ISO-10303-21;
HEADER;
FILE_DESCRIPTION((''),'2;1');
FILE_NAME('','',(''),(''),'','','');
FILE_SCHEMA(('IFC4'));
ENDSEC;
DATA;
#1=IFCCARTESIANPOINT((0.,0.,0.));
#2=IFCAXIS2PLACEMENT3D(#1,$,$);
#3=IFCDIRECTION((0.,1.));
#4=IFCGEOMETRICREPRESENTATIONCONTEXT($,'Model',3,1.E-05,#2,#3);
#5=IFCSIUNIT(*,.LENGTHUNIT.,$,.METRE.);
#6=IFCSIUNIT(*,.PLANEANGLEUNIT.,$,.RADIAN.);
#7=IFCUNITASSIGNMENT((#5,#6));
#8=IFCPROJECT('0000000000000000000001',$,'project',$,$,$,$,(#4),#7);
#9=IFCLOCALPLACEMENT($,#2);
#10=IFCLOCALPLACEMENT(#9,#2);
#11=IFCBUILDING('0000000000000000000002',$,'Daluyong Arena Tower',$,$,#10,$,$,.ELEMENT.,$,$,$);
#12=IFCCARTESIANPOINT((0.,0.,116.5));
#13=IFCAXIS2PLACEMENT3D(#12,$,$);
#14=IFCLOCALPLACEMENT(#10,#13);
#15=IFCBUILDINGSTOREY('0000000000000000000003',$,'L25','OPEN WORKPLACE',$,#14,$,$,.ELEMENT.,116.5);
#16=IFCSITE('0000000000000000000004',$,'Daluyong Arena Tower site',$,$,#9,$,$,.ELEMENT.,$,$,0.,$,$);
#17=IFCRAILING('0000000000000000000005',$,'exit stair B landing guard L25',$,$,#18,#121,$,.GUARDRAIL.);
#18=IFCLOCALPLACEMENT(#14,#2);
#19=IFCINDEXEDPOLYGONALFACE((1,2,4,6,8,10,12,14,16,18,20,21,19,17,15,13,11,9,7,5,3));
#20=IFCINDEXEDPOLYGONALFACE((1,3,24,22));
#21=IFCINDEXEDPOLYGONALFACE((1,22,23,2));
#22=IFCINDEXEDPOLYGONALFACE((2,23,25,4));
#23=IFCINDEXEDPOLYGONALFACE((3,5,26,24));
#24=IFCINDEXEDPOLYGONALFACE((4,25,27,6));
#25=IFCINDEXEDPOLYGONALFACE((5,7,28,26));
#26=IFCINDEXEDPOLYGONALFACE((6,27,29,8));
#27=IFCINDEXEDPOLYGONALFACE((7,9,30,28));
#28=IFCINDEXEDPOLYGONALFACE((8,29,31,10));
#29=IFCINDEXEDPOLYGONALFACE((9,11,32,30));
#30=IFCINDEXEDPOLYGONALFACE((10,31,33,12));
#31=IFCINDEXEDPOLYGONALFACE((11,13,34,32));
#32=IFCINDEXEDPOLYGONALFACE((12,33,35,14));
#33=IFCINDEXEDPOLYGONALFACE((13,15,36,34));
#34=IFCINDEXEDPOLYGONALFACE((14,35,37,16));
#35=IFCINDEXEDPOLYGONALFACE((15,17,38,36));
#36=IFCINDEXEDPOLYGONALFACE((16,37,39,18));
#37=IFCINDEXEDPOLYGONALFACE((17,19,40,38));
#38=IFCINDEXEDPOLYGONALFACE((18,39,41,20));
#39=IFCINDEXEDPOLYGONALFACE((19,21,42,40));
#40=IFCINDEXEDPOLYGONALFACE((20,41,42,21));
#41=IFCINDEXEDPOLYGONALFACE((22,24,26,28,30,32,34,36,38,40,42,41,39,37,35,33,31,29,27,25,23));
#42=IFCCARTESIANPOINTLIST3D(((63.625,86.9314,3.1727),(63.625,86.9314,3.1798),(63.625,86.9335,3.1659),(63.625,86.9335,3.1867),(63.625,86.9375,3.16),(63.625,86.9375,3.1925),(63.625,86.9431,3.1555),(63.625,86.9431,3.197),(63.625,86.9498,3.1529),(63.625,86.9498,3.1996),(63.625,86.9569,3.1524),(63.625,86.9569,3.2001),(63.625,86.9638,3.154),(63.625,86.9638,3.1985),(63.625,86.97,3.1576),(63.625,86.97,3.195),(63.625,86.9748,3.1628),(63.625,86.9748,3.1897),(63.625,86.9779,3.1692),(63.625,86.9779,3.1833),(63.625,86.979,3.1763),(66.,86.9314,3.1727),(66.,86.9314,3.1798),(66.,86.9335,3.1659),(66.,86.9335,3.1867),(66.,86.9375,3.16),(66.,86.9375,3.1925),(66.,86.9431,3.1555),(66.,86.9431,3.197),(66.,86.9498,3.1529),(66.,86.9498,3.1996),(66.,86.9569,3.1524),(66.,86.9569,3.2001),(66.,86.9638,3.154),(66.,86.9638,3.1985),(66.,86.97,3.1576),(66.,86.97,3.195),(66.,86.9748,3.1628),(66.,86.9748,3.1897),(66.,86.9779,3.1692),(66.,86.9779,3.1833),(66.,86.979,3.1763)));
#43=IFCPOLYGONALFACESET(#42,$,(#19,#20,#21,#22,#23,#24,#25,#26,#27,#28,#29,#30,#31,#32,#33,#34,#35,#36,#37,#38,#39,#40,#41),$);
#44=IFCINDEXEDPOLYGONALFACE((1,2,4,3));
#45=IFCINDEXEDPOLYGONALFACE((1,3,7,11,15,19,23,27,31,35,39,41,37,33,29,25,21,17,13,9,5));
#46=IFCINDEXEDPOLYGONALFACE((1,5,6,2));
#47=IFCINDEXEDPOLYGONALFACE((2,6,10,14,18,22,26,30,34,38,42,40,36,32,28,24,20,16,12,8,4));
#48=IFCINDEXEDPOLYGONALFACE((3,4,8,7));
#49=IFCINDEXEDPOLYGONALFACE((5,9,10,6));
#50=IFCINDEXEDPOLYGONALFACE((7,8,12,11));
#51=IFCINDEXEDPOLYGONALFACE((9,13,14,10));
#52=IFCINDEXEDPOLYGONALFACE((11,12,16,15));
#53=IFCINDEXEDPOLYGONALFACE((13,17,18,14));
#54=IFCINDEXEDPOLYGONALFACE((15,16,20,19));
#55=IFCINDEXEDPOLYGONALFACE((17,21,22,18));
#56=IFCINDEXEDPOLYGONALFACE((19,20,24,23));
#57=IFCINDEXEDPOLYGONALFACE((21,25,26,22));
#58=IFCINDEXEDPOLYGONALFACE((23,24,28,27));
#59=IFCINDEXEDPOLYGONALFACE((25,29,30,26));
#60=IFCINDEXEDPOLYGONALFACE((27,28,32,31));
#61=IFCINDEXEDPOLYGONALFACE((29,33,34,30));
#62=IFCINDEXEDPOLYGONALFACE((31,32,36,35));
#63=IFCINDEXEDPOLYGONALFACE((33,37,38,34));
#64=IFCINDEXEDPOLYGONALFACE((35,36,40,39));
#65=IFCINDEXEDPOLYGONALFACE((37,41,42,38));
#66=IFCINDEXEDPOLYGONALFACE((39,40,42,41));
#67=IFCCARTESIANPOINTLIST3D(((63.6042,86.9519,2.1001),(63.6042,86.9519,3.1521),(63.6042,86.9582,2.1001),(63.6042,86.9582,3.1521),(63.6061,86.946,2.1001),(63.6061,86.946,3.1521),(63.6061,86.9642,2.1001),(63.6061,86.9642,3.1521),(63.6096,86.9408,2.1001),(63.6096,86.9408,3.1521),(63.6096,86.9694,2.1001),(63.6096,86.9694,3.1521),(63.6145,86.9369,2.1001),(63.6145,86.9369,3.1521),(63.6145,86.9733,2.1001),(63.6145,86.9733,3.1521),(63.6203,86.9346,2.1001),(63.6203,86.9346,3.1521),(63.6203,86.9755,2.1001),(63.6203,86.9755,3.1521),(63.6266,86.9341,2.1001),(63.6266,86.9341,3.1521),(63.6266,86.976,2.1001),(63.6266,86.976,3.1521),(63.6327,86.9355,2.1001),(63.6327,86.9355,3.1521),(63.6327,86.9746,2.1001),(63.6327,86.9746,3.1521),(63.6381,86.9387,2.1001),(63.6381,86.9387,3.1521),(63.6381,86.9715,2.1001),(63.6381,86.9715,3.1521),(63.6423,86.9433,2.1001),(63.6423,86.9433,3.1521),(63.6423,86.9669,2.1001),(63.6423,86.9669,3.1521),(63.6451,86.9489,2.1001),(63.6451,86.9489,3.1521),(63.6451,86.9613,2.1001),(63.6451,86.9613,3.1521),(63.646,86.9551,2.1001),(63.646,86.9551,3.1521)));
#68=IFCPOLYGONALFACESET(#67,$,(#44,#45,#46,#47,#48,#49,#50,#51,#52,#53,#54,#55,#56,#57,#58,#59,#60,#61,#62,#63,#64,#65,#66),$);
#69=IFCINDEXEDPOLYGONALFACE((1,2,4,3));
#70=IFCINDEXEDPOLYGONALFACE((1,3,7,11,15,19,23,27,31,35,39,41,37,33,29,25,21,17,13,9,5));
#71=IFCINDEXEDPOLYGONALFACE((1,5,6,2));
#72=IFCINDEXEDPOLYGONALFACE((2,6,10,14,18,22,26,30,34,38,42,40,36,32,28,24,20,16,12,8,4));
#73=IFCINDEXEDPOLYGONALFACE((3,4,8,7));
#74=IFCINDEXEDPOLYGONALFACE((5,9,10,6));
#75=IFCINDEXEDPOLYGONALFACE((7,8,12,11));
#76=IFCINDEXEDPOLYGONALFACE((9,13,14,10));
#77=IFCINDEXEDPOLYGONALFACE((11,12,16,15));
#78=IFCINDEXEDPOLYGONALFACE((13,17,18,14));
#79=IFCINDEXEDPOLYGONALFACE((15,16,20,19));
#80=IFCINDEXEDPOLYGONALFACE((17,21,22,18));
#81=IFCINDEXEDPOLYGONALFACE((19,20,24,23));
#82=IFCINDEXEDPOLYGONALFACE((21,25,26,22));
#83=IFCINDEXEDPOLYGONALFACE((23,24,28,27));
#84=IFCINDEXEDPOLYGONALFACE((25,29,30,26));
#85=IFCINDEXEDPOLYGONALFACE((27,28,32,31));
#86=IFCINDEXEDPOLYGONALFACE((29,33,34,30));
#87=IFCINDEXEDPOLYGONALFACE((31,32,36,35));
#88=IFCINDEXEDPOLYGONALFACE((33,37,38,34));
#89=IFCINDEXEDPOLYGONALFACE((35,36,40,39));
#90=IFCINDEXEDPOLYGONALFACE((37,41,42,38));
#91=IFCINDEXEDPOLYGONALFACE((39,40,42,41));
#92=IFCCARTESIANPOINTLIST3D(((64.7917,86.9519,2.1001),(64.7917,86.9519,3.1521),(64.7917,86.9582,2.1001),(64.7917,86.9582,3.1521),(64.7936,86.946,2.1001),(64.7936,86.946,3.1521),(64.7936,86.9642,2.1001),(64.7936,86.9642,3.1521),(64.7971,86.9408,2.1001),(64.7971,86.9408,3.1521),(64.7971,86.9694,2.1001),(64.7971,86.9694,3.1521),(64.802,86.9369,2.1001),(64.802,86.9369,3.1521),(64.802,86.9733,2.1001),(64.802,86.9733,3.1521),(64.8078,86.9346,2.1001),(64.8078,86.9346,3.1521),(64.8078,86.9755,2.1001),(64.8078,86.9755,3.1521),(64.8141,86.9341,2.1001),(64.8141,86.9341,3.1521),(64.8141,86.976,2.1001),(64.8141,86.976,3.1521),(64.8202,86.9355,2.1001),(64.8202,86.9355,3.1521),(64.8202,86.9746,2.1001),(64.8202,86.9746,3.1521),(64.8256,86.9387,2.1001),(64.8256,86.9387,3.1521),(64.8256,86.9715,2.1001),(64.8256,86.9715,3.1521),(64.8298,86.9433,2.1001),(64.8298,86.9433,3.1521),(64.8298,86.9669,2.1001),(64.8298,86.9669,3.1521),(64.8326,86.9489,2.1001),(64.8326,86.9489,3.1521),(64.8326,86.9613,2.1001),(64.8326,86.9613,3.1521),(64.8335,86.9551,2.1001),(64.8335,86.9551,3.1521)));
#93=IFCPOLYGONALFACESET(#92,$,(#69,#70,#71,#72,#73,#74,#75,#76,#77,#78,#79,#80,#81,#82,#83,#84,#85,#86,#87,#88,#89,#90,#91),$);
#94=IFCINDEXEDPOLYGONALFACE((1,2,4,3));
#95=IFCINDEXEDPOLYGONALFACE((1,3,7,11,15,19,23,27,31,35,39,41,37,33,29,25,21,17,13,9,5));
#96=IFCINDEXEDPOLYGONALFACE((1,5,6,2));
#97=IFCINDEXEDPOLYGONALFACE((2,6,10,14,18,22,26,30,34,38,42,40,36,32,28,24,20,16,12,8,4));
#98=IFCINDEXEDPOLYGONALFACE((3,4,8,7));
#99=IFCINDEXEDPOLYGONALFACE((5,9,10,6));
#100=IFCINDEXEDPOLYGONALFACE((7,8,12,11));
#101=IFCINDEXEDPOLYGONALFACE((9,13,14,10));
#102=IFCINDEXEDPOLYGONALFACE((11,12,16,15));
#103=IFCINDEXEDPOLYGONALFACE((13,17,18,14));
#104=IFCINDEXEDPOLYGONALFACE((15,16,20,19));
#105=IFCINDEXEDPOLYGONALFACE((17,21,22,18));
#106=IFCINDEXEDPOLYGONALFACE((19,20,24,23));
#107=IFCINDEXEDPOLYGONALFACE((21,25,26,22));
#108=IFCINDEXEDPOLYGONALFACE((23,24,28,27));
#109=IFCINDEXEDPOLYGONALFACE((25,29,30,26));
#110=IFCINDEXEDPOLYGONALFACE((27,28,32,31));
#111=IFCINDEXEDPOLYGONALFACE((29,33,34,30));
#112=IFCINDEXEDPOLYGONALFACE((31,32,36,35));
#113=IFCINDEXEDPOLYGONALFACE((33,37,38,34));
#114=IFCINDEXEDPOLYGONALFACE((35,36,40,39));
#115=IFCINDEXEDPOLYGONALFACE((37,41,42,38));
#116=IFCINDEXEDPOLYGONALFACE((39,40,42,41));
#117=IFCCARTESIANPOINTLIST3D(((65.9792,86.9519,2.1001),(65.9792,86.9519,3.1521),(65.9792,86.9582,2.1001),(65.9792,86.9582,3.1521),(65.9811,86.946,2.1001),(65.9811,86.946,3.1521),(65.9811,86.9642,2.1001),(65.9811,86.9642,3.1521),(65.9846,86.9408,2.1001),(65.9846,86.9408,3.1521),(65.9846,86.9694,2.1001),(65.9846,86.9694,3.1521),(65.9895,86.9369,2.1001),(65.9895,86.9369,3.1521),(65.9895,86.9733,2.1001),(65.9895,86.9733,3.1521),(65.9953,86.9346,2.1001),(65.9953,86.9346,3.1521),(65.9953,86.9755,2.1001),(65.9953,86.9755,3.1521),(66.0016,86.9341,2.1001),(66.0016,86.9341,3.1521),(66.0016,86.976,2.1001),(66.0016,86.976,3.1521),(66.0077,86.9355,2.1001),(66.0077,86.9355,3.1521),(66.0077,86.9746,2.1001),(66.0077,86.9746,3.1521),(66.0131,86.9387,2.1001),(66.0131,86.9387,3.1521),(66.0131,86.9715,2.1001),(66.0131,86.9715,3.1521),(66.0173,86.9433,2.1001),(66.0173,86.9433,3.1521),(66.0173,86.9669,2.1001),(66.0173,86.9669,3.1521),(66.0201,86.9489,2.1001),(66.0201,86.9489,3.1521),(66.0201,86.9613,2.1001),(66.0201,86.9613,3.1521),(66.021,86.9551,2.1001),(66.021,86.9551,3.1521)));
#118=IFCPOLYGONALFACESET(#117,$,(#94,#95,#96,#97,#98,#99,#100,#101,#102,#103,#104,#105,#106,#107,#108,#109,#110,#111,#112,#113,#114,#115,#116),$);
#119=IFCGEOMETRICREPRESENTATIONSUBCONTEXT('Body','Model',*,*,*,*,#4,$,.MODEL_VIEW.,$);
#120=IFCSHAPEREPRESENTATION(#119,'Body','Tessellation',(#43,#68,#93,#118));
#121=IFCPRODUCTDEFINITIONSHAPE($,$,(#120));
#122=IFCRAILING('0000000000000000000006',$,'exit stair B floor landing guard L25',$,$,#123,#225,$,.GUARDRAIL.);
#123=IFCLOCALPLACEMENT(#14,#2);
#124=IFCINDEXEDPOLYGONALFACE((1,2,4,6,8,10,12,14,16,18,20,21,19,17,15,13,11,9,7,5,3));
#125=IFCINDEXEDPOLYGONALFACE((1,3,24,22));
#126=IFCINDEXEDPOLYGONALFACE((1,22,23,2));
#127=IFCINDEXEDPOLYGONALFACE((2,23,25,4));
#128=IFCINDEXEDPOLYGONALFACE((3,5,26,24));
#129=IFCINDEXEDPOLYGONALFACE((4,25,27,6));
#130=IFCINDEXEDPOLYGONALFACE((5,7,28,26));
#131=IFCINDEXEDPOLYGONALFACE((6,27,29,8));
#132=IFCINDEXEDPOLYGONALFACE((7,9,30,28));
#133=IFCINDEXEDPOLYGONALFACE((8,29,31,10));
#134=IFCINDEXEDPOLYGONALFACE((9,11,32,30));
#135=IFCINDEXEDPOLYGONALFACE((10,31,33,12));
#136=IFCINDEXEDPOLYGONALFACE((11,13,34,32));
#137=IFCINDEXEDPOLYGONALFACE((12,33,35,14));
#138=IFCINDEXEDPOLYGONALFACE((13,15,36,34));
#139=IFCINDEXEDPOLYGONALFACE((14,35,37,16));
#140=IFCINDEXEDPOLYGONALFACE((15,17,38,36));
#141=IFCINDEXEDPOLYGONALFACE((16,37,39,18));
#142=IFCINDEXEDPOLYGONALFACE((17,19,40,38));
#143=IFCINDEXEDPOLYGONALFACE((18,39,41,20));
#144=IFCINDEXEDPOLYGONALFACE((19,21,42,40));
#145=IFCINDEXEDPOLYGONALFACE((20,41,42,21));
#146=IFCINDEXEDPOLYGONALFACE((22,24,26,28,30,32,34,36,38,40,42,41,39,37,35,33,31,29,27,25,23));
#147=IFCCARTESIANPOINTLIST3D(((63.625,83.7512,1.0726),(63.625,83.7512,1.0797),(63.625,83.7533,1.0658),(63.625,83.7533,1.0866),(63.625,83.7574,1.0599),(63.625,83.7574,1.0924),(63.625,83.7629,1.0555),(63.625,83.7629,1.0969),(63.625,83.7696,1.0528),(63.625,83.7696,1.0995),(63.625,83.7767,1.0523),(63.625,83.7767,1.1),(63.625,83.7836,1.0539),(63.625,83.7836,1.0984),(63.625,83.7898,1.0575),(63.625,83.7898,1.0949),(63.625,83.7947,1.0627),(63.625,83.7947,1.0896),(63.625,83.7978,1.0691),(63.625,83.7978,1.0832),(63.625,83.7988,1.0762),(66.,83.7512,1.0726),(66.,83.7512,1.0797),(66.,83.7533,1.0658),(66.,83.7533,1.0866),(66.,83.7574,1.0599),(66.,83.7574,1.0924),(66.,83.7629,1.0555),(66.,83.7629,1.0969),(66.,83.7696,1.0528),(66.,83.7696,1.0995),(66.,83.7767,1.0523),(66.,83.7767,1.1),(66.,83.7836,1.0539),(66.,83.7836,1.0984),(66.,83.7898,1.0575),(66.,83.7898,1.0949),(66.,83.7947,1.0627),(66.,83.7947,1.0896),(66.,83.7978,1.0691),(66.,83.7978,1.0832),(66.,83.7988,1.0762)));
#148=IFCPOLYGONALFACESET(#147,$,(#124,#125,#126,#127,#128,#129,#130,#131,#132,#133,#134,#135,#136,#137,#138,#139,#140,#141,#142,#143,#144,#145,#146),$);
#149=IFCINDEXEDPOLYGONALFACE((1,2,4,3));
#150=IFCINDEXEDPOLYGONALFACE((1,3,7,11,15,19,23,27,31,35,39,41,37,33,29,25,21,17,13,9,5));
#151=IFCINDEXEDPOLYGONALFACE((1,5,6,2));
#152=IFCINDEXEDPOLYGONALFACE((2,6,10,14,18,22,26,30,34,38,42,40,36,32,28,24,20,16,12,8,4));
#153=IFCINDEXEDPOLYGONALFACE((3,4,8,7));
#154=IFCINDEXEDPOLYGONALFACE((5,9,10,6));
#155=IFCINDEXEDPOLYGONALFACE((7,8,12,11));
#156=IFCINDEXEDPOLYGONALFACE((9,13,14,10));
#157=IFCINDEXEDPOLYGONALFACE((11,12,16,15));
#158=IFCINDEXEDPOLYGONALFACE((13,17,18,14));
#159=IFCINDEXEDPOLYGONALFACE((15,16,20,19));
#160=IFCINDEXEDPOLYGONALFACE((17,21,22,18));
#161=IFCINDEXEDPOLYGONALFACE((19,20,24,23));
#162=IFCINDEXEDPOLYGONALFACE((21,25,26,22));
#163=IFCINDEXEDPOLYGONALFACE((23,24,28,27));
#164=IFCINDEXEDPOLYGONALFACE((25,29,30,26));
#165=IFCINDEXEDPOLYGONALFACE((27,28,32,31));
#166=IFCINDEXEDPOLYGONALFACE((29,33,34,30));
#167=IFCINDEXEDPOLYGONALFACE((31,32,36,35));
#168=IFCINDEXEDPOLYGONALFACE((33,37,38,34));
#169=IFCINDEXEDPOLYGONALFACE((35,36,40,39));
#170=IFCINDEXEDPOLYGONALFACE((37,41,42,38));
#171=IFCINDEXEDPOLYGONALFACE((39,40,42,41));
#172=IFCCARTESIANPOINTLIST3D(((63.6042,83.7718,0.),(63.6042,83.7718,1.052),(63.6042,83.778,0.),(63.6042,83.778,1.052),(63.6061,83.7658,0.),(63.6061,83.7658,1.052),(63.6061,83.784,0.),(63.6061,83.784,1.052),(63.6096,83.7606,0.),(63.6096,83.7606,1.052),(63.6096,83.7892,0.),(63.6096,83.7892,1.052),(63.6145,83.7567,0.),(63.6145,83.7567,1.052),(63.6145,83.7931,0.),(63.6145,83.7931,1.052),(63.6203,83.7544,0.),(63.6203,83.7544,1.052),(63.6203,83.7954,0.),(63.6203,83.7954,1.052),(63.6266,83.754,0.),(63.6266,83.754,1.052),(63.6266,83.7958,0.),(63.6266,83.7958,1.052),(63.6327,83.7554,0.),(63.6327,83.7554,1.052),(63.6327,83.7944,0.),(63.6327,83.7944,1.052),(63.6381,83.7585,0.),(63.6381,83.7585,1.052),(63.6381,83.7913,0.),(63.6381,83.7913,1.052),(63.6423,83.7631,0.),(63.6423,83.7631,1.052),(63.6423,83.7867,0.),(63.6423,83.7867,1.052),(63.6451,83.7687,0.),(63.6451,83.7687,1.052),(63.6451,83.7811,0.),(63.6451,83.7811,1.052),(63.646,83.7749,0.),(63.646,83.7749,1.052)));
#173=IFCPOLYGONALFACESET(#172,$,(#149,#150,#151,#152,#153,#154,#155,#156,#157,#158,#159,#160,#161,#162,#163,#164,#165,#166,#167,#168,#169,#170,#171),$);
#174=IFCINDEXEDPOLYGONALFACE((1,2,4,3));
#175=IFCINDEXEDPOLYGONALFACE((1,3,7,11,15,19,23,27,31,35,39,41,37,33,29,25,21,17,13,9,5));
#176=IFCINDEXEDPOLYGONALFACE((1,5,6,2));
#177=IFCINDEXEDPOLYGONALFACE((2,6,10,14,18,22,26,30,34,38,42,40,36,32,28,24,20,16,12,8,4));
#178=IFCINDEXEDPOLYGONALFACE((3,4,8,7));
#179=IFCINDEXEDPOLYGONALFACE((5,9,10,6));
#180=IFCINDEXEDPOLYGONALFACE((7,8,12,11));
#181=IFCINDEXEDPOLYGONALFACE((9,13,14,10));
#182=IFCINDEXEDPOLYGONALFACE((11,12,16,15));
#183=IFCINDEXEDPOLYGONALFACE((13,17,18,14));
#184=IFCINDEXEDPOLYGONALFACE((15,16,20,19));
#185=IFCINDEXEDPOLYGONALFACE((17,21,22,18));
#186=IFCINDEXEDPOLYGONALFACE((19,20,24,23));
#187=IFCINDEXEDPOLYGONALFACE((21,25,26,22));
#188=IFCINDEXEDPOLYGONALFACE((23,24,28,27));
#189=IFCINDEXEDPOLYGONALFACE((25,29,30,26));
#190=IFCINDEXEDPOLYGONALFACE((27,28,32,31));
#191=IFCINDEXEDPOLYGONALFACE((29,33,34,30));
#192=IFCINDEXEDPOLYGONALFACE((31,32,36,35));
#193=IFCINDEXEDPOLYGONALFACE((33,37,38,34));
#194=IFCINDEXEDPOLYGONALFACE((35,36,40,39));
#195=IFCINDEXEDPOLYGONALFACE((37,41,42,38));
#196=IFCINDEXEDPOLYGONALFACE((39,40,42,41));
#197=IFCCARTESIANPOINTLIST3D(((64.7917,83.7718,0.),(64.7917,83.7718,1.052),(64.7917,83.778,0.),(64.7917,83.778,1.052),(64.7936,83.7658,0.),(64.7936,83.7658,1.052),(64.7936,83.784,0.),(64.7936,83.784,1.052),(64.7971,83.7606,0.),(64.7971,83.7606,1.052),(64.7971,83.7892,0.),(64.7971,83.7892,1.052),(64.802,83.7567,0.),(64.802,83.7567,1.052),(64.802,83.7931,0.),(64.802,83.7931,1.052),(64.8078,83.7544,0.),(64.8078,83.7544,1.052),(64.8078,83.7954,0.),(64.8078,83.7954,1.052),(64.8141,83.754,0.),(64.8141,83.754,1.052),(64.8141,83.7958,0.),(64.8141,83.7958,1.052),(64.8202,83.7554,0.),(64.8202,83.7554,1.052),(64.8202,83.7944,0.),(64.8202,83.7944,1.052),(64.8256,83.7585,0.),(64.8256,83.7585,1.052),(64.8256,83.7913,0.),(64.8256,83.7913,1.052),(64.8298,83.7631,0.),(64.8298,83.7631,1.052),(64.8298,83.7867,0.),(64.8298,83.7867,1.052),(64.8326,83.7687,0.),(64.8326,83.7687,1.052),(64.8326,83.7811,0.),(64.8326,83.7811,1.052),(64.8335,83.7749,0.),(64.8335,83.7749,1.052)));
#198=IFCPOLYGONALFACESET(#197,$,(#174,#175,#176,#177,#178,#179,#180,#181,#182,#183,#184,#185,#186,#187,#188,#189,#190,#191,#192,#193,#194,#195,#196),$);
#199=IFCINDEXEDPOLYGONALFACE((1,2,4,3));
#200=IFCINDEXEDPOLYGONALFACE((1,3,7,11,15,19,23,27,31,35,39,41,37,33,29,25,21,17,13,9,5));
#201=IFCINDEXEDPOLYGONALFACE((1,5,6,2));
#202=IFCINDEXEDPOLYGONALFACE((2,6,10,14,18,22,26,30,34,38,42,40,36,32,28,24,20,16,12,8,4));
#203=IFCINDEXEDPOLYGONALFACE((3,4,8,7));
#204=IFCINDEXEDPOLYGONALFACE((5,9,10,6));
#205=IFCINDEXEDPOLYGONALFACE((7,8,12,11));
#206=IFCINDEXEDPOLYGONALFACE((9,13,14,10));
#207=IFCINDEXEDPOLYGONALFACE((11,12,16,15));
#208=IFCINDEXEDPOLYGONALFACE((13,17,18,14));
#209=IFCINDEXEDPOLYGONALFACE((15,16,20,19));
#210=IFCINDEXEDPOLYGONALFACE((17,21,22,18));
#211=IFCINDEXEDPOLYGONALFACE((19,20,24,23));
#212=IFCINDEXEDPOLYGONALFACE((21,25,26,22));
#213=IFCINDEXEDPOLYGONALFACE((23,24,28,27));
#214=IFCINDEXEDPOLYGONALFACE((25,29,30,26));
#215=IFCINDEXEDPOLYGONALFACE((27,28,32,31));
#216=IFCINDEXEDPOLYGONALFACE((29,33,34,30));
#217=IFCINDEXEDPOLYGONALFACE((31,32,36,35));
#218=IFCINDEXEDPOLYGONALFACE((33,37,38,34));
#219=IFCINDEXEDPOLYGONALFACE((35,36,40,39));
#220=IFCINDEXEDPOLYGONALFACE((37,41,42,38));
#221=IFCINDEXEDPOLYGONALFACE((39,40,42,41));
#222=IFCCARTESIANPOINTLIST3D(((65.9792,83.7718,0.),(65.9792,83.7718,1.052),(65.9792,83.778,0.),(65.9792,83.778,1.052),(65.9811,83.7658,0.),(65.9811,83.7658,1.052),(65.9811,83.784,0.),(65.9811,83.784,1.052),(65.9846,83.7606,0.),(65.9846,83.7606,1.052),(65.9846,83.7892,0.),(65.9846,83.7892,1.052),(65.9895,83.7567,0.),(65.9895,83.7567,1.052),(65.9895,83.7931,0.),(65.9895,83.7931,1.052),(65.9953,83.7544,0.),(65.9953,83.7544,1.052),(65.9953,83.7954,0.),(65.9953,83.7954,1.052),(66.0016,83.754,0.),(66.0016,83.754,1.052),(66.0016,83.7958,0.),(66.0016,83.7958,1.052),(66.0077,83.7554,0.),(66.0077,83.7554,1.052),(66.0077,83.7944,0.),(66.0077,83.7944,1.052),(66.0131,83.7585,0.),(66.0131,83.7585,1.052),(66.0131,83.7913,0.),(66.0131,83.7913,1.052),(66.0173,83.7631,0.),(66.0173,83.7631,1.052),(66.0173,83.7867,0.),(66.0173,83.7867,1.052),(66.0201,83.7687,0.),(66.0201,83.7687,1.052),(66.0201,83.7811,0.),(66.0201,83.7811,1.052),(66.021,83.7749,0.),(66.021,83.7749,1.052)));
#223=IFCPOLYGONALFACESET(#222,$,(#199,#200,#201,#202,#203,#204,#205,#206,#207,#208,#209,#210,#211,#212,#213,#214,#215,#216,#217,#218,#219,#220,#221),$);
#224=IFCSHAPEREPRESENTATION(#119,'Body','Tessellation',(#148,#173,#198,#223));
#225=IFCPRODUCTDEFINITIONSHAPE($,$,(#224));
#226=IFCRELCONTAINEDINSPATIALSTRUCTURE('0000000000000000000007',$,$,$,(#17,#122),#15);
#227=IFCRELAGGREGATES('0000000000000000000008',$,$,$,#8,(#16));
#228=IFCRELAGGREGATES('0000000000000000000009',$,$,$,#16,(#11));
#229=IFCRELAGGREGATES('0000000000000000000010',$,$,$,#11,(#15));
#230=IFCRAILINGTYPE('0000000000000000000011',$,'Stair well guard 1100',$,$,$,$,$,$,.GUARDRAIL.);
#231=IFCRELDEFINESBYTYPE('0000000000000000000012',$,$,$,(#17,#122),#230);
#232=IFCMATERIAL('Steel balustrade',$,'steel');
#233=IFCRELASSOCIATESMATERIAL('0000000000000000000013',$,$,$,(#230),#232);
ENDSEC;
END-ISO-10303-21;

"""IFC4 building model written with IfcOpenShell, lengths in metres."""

from ifc_helpers import new_model, si_unit, direction, frame, origin, origin_2d, place, context, subcontext, project, spatial, circle, extrude, material, type_object, element, save


model = new_model("IFC4")

# Units and contexts
model_context = context("Model", 3, precision=1e-05, world=origin(), true_north=direction((0.0, 1.0)))
body_context = subcontext(model_context, "Body", "Model", "MODEL_VIEW")
ifc_project = project(units=[si_unit("LENGTHUNIT", "METRE"), si_unit("PLANEANGLEUNIT", "RADIAN")], contexts=[model_context])

# Site, building, storey
site_placement = place(None, origin())
site = spatial("IfcSite", under=ifc_project, at=site_placement, Name="Daluyong Arena Tower site", CompositionType="ELEMENT", RefElevation=0.0)
building_placement = place(site_placement, origin())
building = spatial("IfcBuilding", under=site, at=building_placement, Name="Daluyong Arena Tower", CompositionType="ELEMENT")
storey_placement = place(building_placement, frame((0.0, 0.0, 116.5)))
storey = spatial("IfcBuildingStorey", under=building, at=storey_placement, Name="L25", Description="OPEN WORKPLACE", CompositionType="ELEMENT", Elevation=116.5)

# Railings
ifc_material_1 = material(Name="Steel balustrade", Category="steel")
railing_type_1 = type_object("IfcRailingType", Name="Stair well guard 1100", PredefinedType="GUARDRAIL", material=ifc_material_1)
for number, where, name in (
    (1, (63.625, 86.9551, 2.1001), "exit stair B landing guard L25"),
    (2, (63.625, 83.7749, 0.0), "exit stair B floor landing guard L25"),
):
    element("IfcRailing", number, at=place(storey_placement, frame(where)), inside=storey, type_object=railing_type_1, Name=name, PredefinedType="GUARDRAIL", context=body_context, shape_type="SweptSolid", body=[
        extrude(circle(Radius=0.0239, at=origin_2d()), frame((0.0, 0.0, 1.0762), z_axis=(1.0, 0.0, 0.0), x_axis=(0.0, 1.0, 0.0)), (0.0, 0.0, 1.0), 2.375),
        extrude(circle(Radius=0.021, at=origin_2d()), origin(), (0.0, 0.0, 1.0), 1.052),
        extrude(circle(Radius=0.021, at=origin_2d()), frame((1.1875, 0.0, 0.0)), (0.0, 0.0, 1.0), 1.052),
        extrude(circle(Radius=0.021, at=origin_2d()), frame((2.375, 0.0, 0.0)), (0.0, 0.0, 1.0), 1.052),
    ])

save(model, "model.ifc")
